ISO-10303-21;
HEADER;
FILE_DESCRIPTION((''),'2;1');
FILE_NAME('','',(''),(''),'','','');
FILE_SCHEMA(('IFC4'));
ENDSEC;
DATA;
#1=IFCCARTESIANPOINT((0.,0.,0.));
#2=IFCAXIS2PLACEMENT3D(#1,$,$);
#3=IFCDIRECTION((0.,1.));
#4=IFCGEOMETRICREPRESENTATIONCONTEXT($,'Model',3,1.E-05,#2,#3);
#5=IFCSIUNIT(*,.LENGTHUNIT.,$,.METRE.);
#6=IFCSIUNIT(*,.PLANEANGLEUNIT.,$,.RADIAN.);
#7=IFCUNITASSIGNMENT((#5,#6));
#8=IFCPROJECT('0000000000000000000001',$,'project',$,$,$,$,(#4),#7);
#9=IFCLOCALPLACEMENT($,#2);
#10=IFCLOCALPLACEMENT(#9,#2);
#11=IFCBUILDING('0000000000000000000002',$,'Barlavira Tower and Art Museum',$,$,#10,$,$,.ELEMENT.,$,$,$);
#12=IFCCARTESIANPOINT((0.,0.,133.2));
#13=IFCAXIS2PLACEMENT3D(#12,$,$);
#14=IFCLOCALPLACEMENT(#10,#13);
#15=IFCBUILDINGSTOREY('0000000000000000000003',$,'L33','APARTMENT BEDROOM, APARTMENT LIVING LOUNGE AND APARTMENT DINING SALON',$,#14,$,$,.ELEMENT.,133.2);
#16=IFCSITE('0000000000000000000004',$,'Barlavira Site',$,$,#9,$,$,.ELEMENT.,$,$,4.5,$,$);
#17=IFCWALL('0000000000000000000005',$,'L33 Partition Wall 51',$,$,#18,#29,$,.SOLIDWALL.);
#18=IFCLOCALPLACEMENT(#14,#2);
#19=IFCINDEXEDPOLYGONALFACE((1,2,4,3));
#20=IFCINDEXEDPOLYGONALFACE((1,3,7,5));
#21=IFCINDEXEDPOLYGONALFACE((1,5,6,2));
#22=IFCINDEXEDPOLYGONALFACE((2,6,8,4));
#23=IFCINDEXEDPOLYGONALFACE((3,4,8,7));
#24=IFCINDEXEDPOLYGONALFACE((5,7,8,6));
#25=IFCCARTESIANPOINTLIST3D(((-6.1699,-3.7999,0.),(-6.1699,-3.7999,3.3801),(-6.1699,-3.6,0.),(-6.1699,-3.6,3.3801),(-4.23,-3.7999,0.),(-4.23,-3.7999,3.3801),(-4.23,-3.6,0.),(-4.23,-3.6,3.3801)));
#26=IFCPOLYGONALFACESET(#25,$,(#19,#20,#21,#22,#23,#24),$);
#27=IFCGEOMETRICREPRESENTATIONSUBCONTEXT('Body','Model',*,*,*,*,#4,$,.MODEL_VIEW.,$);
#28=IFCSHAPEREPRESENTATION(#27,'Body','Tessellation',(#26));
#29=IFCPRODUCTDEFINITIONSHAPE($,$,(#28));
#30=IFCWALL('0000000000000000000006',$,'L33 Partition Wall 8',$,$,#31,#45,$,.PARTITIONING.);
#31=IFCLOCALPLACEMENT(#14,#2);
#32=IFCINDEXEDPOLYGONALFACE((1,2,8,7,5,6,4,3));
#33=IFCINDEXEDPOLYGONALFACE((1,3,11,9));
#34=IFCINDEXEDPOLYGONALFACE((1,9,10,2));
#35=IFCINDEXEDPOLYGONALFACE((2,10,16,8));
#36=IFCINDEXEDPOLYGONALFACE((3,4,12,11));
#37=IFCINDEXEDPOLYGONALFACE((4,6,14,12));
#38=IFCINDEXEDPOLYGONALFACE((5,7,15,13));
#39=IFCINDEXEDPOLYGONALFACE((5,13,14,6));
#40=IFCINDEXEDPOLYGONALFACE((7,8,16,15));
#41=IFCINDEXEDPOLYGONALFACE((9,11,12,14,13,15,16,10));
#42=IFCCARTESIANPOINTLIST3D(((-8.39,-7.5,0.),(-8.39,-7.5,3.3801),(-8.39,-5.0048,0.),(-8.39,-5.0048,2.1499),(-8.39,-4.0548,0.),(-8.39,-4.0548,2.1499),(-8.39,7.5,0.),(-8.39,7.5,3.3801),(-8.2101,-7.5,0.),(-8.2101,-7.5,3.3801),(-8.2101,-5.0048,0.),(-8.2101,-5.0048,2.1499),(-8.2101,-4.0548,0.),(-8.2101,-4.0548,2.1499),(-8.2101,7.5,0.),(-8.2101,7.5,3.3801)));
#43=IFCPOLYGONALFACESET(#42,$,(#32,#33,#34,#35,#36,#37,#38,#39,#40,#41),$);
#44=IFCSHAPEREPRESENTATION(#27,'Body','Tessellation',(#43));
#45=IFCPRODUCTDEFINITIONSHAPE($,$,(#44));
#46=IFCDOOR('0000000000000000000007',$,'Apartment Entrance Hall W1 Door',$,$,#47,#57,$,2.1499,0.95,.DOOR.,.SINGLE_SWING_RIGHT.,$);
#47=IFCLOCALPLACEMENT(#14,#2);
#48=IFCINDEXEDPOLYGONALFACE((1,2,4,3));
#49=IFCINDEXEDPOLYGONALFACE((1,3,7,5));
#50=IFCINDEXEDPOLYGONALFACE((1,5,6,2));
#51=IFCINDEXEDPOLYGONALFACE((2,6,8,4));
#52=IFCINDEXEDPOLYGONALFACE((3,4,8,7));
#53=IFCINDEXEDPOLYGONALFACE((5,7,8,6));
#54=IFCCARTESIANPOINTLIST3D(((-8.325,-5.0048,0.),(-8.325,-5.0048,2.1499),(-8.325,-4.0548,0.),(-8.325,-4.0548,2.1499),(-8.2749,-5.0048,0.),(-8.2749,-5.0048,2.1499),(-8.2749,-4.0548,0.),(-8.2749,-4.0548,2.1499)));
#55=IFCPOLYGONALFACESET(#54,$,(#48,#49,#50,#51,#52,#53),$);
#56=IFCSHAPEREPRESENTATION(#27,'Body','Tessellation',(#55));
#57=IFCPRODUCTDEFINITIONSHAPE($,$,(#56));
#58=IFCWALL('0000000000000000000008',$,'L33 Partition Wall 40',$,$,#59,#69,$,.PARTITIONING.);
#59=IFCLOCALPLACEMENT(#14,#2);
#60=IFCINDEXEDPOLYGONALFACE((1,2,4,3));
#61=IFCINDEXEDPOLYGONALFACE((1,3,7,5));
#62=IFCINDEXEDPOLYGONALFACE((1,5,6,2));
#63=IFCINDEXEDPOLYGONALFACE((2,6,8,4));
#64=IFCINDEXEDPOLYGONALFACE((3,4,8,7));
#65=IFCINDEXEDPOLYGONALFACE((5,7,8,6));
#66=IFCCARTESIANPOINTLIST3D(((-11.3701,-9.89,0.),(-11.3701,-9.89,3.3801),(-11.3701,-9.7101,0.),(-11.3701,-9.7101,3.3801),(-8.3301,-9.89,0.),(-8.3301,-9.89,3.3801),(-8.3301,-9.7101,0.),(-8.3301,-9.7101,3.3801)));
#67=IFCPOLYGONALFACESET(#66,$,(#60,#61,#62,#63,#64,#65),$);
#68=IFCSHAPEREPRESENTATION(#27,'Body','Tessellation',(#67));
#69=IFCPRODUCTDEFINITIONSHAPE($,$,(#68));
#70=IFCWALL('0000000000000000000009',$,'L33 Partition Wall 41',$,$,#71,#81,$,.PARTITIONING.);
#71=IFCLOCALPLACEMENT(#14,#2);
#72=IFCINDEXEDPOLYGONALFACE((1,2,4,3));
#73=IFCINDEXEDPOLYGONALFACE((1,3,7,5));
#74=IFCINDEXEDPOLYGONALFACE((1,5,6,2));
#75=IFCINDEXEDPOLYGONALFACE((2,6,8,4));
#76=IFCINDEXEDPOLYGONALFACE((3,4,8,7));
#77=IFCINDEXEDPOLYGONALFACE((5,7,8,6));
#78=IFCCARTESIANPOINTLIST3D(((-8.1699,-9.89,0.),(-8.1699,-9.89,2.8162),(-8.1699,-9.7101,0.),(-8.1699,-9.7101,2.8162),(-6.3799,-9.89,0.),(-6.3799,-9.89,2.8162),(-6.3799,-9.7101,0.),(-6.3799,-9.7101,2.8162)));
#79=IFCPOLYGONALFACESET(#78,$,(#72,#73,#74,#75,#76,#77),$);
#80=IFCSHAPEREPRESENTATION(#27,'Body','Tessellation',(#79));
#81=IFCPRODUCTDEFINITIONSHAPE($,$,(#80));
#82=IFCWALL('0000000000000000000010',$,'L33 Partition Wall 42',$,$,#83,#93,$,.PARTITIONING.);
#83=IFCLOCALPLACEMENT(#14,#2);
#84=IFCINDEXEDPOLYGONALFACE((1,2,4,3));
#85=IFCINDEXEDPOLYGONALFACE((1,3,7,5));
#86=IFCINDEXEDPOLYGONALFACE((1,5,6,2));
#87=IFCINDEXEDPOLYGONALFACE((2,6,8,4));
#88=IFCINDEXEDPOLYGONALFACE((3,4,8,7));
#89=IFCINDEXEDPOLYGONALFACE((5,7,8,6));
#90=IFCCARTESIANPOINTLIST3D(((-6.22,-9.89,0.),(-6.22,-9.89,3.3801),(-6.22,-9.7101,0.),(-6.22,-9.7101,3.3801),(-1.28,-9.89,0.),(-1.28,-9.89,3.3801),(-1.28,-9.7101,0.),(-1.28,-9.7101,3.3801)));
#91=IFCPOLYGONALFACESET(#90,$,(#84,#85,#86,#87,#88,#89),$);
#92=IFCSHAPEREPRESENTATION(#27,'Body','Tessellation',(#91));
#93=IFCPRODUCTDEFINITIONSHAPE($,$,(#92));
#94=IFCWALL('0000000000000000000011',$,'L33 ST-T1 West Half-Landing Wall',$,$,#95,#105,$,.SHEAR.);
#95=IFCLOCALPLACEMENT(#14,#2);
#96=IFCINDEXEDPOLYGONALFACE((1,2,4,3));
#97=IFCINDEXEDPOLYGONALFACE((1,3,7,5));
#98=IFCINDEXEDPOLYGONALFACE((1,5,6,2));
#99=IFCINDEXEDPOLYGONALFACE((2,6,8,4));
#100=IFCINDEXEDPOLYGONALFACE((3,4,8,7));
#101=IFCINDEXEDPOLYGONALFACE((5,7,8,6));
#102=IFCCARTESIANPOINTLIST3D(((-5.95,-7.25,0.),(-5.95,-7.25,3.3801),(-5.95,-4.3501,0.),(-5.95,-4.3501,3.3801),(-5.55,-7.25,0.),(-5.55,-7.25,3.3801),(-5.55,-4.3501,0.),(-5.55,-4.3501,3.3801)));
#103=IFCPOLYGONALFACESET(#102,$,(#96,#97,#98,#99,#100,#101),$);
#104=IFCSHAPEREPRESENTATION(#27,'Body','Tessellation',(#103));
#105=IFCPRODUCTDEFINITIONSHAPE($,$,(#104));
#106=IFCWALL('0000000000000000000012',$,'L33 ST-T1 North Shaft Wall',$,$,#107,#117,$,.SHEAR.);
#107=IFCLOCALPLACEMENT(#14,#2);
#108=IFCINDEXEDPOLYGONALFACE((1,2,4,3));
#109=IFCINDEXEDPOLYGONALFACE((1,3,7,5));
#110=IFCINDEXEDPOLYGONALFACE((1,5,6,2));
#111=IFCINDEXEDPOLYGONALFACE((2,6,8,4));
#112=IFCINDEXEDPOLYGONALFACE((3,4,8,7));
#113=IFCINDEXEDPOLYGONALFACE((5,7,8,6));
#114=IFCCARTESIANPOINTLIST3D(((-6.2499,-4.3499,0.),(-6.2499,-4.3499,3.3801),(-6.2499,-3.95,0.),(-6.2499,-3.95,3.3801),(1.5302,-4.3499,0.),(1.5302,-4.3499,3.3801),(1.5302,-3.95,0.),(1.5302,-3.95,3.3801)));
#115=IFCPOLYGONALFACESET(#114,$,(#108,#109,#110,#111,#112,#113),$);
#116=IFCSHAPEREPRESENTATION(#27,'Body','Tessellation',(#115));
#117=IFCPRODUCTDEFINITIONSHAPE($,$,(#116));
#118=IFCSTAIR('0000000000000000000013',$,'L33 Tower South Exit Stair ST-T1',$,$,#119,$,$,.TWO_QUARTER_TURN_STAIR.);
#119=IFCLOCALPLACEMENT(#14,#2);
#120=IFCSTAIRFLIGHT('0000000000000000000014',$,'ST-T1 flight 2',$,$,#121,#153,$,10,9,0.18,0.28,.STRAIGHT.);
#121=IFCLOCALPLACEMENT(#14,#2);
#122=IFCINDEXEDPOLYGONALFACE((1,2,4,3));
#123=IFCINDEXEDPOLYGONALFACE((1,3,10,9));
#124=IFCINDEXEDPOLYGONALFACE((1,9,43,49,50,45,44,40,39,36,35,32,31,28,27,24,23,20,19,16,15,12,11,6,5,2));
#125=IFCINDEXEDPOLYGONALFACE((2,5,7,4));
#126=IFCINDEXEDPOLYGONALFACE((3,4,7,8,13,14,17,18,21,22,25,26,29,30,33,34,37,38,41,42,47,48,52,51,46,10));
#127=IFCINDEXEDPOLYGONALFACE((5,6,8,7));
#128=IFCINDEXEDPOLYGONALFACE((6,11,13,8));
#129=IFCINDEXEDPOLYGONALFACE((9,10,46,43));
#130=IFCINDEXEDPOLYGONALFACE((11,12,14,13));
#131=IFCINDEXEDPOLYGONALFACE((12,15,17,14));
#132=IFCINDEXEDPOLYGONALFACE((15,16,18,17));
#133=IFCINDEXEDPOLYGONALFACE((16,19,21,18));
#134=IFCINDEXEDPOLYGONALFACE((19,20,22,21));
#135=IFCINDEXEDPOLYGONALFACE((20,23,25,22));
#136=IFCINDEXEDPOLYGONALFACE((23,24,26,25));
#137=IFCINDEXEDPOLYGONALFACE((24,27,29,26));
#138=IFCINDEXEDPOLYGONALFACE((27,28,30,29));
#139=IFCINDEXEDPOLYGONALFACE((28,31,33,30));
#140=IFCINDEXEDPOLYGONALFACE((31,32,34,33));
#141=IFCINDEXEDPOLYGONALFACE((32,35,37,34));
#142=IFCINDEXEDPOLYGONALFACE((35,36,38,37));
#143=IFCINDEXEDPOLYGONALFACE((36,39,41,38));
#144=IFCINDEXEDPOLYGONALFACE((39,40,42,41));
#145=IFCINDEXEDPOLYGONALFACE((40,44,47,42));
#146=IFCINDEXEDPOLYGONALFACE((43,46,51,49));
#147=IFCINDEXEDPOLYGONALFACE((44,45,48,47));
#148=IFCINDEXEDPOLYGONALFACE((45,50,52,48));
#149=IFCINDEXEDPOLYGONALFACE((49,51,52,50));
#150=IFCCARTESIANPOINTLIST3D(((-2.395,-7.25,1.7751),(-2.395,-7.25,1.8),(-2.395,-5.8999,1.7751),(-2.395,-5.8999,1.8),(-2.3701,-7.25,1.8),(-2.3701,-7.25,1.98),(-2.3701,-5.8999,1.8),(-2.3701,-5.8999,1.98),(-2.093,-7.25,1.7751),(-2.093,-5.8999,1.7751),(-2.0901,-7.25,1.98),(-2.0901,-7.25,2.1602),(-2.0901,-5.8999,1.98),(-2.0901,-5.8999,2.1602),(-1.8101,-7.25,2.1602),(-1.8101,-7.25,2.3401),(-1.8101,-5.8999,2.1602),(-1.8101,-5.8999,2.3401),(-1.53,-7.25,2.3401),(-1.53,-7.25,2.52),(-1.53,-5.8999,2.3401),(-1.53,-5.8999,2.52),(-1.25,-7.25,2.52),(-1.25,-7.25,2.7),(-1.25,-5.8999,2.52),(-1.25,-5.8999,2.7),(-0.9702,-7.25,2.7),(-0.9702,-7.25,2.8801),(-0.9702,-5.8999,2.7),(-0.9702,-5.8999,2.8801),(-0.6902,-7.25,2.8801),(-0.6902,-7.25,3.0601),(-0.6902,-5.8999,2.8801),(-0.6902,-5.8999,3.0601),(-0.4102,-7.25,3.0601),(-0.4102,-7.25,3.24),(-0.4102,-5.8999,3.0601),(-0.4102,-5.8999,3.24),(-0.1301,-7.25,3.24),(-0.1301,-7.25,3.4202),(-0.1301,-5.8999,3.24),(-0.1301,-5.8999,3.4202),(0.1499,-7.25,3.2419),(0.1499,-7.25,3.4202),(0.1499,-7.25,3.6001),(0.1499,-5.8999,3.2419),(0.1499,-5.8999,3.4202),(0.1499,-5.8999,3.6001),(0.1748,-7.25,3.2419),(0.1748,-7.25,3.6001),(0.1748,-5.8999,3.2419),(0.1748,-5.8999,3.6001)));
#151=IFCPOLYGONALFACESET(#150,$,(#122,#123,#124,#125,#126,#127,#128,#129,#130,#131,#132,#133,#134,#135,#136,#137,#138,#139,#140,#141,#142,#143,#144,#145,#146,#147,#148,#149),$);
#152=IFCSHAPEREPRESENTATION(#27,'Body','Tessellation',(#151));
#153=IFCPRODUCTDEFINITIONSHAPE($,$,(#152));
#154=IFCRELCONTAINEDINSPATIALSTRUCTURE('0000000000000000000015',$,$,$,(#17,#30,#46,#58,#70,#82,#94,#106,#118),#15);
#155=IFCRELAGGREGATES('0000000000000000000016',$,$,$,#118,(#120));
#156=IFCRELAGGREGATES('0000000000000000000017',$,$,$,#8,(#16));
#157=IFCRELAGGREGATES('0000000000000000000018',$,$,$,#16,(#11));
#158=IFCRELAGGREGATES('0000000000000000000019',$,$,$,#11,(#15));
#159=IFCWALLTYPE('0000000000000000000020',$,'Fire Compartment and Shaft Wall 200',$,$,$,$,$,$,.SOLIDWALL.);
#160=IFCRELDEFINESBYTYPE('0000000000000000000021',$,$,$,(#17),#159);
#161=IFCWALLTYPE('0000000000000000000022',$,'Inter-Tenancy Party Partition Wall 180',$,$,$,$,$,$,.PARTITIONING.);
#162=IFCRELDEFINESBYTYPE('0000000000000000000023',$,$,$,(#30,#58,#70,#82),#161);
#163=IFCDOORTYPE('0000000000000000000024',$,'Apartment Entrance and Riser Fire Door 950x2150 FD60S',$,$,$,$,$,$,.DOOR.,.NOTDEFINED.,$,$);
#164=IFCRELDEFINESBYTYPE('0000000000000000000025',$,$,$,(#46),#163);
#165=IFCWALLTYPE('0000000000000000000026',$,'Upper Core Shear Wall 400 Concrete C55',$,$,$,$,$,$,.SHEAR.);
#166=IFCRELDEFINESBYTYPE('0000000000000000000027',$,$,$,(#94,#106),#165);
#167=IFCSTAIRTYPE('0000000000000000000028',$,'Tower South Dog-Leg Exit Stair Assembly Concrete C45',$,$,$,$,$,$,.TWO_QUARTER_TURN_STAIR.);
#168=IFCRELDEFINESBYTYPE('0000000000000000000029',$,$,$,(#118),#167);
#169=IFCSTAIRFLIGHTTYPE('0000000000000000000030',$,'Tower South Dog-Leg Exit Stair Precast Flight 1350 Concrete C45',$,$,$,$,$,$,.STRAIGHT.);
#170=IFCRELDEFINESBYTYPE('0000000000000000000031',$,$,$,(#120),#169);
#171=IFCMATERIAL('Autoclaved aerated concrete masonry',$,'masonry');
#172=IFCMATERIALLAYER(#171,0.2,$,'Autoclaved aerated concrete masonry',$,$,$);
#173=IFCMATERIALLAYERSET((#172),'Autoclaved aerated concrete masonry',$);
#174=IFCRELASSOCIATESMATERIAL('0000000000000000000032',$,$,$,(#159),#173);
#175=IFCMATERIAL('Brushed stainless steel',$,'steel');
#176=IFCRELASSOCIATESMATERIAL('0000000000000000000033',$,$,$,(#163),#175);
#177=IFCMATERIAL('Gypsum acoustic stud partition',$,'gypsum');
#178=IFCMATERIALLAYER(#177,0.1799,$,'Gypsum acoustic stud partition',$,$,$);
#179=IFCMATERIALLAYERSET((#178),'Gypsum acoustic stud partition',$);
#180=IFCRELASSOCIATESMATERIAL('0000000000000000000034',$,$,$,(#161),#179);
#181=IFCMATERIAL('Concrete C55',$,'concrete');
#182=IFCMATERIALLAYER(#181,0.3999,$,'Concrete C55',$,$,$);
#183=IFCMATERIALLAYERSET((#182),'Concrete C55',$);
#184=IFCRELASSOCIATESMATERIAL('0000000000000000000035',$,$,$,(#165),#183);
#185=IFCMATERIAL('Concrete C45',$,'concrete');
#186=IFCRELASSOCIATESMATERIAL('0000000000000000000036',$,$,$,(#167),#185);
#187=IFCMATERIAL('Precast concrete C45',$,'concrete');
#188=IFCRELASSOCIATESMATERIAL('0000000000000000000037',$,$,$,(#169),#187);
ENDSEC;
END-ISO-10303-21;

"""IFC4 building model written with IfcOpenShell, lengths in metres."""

from ifc_helpers import new_model, si_unit, direction, frame, frame_2d, origin, place, context, subcontext, project, spatial, polyline, rectangle, outline, extrude, material, layer, layer_set, type_object, element, fill, aggregate, save


model = new_model("IFC4")

# Units and contexts
model_context = context("Model", 3, precision=1e-05, world=origin(), true_north=direction((0.0, 1.0)))
body_context = subcontext(model_context, "Body", "Model", "MODEL_VIEW")
ifc_project = project(units=[si_unit("LENGTHUNIT", "METRE"), si_unit("PLANEANGLEUNIT", "RADIAN")], contexts=[model_context])

# Site, building, storey
site_placement = place(None, origin())
site = spatial("IfcSite", under=ifc_project, at=site_placement, Name="Barlavira Site", CompositionType="ELEMENT", RefElevation=4.5)
building_placement = place(site_placement, origin())
building = spatial("IfcBuilding", under=site, at=building_placement, Name="Barlavira Tower and Art Museum", CompositionType="ELEMENT")
storey_placement = place(building_placement, frame((0.0, 0.0, 133.2)))
storey = spatial("IfcBuildingStorey", under=building, at=storey_placement, Name="L33", Description="APARTMENT BEDROOM, APARTMENT LIVING LOUNGE AND APARTMENT DINING SALON", CompositionType="ELEMENT", Elevation=133.2)

# Shared definitions
ifc_material_1 = material(Name="Autoclaved aerated concrete masonry", Category="masonry")
ifc_layer_1 = layer(ifc_material_1, 0.2, Name="Autoclaved aerated concrete masonry")
ifc_layer_set_1 = layer_set([ifc_layer_1], Name="Autoclaved aerated concrete masonry")
wall_type_1 = type_object("IfcWallType", Name="Fire Compartment and Shaft Wall 200", PredefinedType="SOLIDWALL", material=ifc_layer_set_1)

# Shared definitions
ifc_material_2 = material(Name="Brushed stainless steel", Category="steel")
door_type = type_object("IfcDoorType", Name="Apartment Entrance and Riser Fire Door 950x2150 FD60S", OperationType="NOTDEFINED", PredefinedType="DOOR", material=ifc_material_2)

# Wall
wall_1_placement = place(storey_placement, frame((-6.1699, -3.7, 0.0), z_axis=(0.0, 0.0, 1.0), x_axis=(1.0, 0.0, 0.0)))
element("IfcWall", 1, at=wall_1_placement, inside=storey, type_object=wall_type_1, Name="L33 Partition Wall 51", PredefinedType="SOLIDWALL", context=body_context, shape_type="SweptSolid", body=[
    extrude(rectangle(XDim=1.9399, YDim=0.2, at=frame_2d((0.97, 0.0))), origin(), (0.0, 0.0, 1.0), 3.3801),
])

# Wall, opening, door
ifc_material_3 = material(Name="Gypsum acoustic stud partition", Category="gypsum")
ifc_layer_2 = layer(ifc_material_3, 0.1799, Name="Gypsum acoustic stud partition")
ifc_layer_set_2 = layer_set([ifc_layer_2], Name="Gypsum acoustic stud partition")
wall_type_2 = type_object("IfcWallType", Name="Inter-Tenancy Party Partition Wall 180", PredefinedType="PARTITIONING", material=ifc_layer_set_2)
wall_2_placement = place(storey_placement, frame((-8.3, -7.5, 0.0), z_axis=(0.0, 0.0, 1.0), x_axis=(0.0, 1.0, 0.0)))
wall_2 = element("IfcWall", 2, at=wall_2_placement, inside=storey, type_object=wall_type_2, Name="L33 Partition Wall 8", PredefinedType="PARTITIONING", context=body_context, shape_type="SweptSolid", body=[
    extrude(rectangle(XDim=15.0, YDim=0.1799, at=frame_2d((7.5, 0.0))), origin(), (0.0, 0.0, 1.0), 3.3801),
])
opening_1_placement = place(wall_2_placement, frame((2.4951, 0.0, 0.0)))
opening_1 = element("IfcOpeningElement", 3, at=opening_1_placement, cuts=wall_2, PredefinedType="OPENING", context=body_context, shape_type="SweptSolid", body=[
    extrude(rectangle(XDim=0.95, YDim=2.1499, at=frame_2d((0.4751, 1.075))), frame((0.0, 0.1001, 0.0), z_axis=(0.0, -1.0, 0.0), x_axis=(1.0, 0.0, 0.0)), (0.0, 0.0, 1.0), 0.2),
])
door_1_placement = place(opening_1_placement, origin())
door_1 = element("IfcDoor", 4, at=door_1_placement, inside=storey, type_object=door_type, Name="Apartment Entrance Hall W1 Door", OperationType="SINGLE_SWING_RIGHT", OverallHeight=2.1499, OverallWidth=0.95, PredefinedType="DOOR", context=body_context, shape_type="SweptSolid", body=[
    extrude(rectangle(XDim=0.95, YDim=2.1499, at=frame_2d((0.4751, 1.075))), frame((0.0, 0.0249, 0.0), z_axis=(0.0, -1.0, 0.0), x_axis=(1.0, 0.0, 0.0)), (0.0, 0.0, 1.0), 0.05),
])
fill(opening_1, door_1)

# Walls
wall_3_placement = place(storey_placement, frame((-11.3701, -9.8, 0.0), z_axis=(0.0, 0.0, 1.0), x_axis=(1.0, 0.0, 0.0)))
element("IfcWall", 5, at=wall_3_placement, inside=storey, type_object=wall_type_2, Name="L33 Partition Wall 40", PredefinedType="PARTITIONING", context=body_context, shape_type="SweptSolid", body=[
    extrude(rectangle(XDim=3.04, YDim=0.1799, at=frame_2d((1.52, 0.0))), origin(), (0.0, 0.0, 1.0), 3.3801),
])
wall_4_placement = place(storey_placement, frame((-8.1699, -9.8, 0.0), z_axis=(0.0, 0.0, 1.0), x_axis=(1.0, 0.0, 0.0)))
element("IfcWall", 6, at=wall_4_placement, inside=storey, type_object=wall_type_2, Name="L33 Partition Wall 41", PredefinedType="PARTITIONING", context=body_context, shape_type="SweptSolid", body=[
    extrude(rectangle(XDim=1.79, YDim=0.1799, at=frame_2d((0.895, 0.0))), origin(), (0.0, 0.0, 1.0), 2.8162),
])
wall_5_placement = place(storey_placement, frame((-6.22, -9.8, 0.0), z_axis=(0.0, 0.0, 1.0), x_axis=(1.0, 0.0, 0.0)))
element("IfcWall", 7, at=wall_5_placement, inside=storey, type_object=wall_type_2, Name="L33 Partition Wall 42", PredefinedType="PARTITIONING", context=body_context, shape_type="SweptSolid", body=[
    extrude(rectangle(XDim=4.9399, YDim=0.1799, at=frame_2d((2.47, 0.0))), origin(), (0.0, 0.0, 1.0), 3.3801),
])
ifc_material_4 = material(Name="Concrete C55", Category="concrete")
ifc_layer_3 = layer(ifc_material_4, 0.3999, Name="Concrete C55")
ifc_layer_set_3 = layer_set([ifc_layer_3], Name="Concrete C55")
wall_type_3 = type_object("IfcWallType", Name="Upper Core Shear Wall 400 Concrete C55", PredefinedType="SHEAR", material=ifc_layer_set_3)
wall_6_placement = place(storey_placement, frame((-5.75, -7.25, 0.0), z_axis=(0.0, 0.0, 1.0), x_axis=(0.0, 1.0, 0.0)))
element("IfcWall", 8, at=wall_6_placement, inside=storey, type_object=wall_type_3, Name="L33 ST-T1 West Half-Landing Wall", PredefinedType="SHEAR", context=body_context, shape_type="SweptSolid", body=[
    extrude(rectangle(XDim=2.8999, YDim=0.3999, at=frame_2d((1.45, 0.0))), origin(), (0.0, 0.0, 1.0), 3.3801),
])
wall_7_placement = place(storey_placement, frame((-6.25, -4.1499, 0.0), z_axis=(0.0, 0.0, 1.0), x_axis=(1.0, 0.0, 0.0)))
element("IfcWall", 9, at=wall_7_placement, inside=storey, type_object=wall_type_3, Name="L33 ST-T1 North Shaft Wall", PredefinedType="SHEAR", context=body_context, shape_type="SweptSolid", body=[
    extrude(rectangle(XDim=7.78, YDim=0.3999, at=frame_2d((3.8901, 0.0))), origin(), (0.0, 0.0, 1.0), 3.3801),
])

# Stair, stair flight
ifc_material_5 = material(Name="Concrete C45", Category="concrete")
stair_type = type_object("IfcStairType", Name="Tower South Dog-Leg Exit Stair Assembly Concrete C45", PredefinedType="TWO_QUARTER_TURN_STAIR", material=ifc_material_5)
stair_placement = place(storey_placement, origin())
stair = element("IfcStair", 10, at=stair_placement, inside=storey, type_object=stair_type, Name="L33 Tower South Exit Stair ST-T1", PredefinedType="TWO_QUARTER_TURN_STAIR")
ifc_material_6 = material(Name="Precast concrete C45", Category="concrete")
stair_flight_type = type_object("IfcStairFlightType", Name="Tower South Dog-Leg Exit Stair Precast Flight 1350 Concrete C45", PredefinedType="STRAIGHT", material=ifc_material_6)
stair_flight_placement = place(storey_placement, frame((-2.3701, -6.575, 1.8), z_axis=(0.0, 0.0, 1.0), x_axis=(1.0, 0.0, 0.0)))
stair_flight = element("IfcStairFlight", 11, at=stair_flight_placement, type_object=stair_flight_type, Name="ST-T1 flight 2", NumberOfRisers=10, NumberOfTreads=9, PredefinedType="STRAIGHT", RiserHeight=0.18, TreadLength=0.28, context=body_context, shape_type="SweptSolid", body=[
    extrude(outline(polyline([(-0.0249, 0.0), (0.0, 0.0), (0.0, 0.1799), (0.28, 0.1799), (0.28, 0.3601), (0.5601, 0.3601), (0.5601, 0.54), (0.8401, 0.54), (0.8401, 0.72), (1.1201, 0.72), (1.1201, 0.8999), (1.3999, 0.8999), (1.3999, 1.0801), (1.6799, 1.0801), (1.6799, 1.26), (1.96, 1.26), (1.96, 1.4399), (2.24, 1.4399), (2.24, 1.6201), (2.52, 1.6201), (2.52, 1.8), (2.5449, 1.8), (2.5449, 1.4419), (2.52, 1.4419), (0.2771, -0.0249), (-0.0249, -0.0249), (-0.0249, 0.0)])), frame((0.0, 0.675, 0.0), z_axis=(0.0, -1.0, 0.0), x_axis=(1.0, 0.0, 0.0)), (0.0, 0.0, 1.0), 1.3501),
])
aggregate(stair, [stair_flight])

save(model, "model.ifc")
